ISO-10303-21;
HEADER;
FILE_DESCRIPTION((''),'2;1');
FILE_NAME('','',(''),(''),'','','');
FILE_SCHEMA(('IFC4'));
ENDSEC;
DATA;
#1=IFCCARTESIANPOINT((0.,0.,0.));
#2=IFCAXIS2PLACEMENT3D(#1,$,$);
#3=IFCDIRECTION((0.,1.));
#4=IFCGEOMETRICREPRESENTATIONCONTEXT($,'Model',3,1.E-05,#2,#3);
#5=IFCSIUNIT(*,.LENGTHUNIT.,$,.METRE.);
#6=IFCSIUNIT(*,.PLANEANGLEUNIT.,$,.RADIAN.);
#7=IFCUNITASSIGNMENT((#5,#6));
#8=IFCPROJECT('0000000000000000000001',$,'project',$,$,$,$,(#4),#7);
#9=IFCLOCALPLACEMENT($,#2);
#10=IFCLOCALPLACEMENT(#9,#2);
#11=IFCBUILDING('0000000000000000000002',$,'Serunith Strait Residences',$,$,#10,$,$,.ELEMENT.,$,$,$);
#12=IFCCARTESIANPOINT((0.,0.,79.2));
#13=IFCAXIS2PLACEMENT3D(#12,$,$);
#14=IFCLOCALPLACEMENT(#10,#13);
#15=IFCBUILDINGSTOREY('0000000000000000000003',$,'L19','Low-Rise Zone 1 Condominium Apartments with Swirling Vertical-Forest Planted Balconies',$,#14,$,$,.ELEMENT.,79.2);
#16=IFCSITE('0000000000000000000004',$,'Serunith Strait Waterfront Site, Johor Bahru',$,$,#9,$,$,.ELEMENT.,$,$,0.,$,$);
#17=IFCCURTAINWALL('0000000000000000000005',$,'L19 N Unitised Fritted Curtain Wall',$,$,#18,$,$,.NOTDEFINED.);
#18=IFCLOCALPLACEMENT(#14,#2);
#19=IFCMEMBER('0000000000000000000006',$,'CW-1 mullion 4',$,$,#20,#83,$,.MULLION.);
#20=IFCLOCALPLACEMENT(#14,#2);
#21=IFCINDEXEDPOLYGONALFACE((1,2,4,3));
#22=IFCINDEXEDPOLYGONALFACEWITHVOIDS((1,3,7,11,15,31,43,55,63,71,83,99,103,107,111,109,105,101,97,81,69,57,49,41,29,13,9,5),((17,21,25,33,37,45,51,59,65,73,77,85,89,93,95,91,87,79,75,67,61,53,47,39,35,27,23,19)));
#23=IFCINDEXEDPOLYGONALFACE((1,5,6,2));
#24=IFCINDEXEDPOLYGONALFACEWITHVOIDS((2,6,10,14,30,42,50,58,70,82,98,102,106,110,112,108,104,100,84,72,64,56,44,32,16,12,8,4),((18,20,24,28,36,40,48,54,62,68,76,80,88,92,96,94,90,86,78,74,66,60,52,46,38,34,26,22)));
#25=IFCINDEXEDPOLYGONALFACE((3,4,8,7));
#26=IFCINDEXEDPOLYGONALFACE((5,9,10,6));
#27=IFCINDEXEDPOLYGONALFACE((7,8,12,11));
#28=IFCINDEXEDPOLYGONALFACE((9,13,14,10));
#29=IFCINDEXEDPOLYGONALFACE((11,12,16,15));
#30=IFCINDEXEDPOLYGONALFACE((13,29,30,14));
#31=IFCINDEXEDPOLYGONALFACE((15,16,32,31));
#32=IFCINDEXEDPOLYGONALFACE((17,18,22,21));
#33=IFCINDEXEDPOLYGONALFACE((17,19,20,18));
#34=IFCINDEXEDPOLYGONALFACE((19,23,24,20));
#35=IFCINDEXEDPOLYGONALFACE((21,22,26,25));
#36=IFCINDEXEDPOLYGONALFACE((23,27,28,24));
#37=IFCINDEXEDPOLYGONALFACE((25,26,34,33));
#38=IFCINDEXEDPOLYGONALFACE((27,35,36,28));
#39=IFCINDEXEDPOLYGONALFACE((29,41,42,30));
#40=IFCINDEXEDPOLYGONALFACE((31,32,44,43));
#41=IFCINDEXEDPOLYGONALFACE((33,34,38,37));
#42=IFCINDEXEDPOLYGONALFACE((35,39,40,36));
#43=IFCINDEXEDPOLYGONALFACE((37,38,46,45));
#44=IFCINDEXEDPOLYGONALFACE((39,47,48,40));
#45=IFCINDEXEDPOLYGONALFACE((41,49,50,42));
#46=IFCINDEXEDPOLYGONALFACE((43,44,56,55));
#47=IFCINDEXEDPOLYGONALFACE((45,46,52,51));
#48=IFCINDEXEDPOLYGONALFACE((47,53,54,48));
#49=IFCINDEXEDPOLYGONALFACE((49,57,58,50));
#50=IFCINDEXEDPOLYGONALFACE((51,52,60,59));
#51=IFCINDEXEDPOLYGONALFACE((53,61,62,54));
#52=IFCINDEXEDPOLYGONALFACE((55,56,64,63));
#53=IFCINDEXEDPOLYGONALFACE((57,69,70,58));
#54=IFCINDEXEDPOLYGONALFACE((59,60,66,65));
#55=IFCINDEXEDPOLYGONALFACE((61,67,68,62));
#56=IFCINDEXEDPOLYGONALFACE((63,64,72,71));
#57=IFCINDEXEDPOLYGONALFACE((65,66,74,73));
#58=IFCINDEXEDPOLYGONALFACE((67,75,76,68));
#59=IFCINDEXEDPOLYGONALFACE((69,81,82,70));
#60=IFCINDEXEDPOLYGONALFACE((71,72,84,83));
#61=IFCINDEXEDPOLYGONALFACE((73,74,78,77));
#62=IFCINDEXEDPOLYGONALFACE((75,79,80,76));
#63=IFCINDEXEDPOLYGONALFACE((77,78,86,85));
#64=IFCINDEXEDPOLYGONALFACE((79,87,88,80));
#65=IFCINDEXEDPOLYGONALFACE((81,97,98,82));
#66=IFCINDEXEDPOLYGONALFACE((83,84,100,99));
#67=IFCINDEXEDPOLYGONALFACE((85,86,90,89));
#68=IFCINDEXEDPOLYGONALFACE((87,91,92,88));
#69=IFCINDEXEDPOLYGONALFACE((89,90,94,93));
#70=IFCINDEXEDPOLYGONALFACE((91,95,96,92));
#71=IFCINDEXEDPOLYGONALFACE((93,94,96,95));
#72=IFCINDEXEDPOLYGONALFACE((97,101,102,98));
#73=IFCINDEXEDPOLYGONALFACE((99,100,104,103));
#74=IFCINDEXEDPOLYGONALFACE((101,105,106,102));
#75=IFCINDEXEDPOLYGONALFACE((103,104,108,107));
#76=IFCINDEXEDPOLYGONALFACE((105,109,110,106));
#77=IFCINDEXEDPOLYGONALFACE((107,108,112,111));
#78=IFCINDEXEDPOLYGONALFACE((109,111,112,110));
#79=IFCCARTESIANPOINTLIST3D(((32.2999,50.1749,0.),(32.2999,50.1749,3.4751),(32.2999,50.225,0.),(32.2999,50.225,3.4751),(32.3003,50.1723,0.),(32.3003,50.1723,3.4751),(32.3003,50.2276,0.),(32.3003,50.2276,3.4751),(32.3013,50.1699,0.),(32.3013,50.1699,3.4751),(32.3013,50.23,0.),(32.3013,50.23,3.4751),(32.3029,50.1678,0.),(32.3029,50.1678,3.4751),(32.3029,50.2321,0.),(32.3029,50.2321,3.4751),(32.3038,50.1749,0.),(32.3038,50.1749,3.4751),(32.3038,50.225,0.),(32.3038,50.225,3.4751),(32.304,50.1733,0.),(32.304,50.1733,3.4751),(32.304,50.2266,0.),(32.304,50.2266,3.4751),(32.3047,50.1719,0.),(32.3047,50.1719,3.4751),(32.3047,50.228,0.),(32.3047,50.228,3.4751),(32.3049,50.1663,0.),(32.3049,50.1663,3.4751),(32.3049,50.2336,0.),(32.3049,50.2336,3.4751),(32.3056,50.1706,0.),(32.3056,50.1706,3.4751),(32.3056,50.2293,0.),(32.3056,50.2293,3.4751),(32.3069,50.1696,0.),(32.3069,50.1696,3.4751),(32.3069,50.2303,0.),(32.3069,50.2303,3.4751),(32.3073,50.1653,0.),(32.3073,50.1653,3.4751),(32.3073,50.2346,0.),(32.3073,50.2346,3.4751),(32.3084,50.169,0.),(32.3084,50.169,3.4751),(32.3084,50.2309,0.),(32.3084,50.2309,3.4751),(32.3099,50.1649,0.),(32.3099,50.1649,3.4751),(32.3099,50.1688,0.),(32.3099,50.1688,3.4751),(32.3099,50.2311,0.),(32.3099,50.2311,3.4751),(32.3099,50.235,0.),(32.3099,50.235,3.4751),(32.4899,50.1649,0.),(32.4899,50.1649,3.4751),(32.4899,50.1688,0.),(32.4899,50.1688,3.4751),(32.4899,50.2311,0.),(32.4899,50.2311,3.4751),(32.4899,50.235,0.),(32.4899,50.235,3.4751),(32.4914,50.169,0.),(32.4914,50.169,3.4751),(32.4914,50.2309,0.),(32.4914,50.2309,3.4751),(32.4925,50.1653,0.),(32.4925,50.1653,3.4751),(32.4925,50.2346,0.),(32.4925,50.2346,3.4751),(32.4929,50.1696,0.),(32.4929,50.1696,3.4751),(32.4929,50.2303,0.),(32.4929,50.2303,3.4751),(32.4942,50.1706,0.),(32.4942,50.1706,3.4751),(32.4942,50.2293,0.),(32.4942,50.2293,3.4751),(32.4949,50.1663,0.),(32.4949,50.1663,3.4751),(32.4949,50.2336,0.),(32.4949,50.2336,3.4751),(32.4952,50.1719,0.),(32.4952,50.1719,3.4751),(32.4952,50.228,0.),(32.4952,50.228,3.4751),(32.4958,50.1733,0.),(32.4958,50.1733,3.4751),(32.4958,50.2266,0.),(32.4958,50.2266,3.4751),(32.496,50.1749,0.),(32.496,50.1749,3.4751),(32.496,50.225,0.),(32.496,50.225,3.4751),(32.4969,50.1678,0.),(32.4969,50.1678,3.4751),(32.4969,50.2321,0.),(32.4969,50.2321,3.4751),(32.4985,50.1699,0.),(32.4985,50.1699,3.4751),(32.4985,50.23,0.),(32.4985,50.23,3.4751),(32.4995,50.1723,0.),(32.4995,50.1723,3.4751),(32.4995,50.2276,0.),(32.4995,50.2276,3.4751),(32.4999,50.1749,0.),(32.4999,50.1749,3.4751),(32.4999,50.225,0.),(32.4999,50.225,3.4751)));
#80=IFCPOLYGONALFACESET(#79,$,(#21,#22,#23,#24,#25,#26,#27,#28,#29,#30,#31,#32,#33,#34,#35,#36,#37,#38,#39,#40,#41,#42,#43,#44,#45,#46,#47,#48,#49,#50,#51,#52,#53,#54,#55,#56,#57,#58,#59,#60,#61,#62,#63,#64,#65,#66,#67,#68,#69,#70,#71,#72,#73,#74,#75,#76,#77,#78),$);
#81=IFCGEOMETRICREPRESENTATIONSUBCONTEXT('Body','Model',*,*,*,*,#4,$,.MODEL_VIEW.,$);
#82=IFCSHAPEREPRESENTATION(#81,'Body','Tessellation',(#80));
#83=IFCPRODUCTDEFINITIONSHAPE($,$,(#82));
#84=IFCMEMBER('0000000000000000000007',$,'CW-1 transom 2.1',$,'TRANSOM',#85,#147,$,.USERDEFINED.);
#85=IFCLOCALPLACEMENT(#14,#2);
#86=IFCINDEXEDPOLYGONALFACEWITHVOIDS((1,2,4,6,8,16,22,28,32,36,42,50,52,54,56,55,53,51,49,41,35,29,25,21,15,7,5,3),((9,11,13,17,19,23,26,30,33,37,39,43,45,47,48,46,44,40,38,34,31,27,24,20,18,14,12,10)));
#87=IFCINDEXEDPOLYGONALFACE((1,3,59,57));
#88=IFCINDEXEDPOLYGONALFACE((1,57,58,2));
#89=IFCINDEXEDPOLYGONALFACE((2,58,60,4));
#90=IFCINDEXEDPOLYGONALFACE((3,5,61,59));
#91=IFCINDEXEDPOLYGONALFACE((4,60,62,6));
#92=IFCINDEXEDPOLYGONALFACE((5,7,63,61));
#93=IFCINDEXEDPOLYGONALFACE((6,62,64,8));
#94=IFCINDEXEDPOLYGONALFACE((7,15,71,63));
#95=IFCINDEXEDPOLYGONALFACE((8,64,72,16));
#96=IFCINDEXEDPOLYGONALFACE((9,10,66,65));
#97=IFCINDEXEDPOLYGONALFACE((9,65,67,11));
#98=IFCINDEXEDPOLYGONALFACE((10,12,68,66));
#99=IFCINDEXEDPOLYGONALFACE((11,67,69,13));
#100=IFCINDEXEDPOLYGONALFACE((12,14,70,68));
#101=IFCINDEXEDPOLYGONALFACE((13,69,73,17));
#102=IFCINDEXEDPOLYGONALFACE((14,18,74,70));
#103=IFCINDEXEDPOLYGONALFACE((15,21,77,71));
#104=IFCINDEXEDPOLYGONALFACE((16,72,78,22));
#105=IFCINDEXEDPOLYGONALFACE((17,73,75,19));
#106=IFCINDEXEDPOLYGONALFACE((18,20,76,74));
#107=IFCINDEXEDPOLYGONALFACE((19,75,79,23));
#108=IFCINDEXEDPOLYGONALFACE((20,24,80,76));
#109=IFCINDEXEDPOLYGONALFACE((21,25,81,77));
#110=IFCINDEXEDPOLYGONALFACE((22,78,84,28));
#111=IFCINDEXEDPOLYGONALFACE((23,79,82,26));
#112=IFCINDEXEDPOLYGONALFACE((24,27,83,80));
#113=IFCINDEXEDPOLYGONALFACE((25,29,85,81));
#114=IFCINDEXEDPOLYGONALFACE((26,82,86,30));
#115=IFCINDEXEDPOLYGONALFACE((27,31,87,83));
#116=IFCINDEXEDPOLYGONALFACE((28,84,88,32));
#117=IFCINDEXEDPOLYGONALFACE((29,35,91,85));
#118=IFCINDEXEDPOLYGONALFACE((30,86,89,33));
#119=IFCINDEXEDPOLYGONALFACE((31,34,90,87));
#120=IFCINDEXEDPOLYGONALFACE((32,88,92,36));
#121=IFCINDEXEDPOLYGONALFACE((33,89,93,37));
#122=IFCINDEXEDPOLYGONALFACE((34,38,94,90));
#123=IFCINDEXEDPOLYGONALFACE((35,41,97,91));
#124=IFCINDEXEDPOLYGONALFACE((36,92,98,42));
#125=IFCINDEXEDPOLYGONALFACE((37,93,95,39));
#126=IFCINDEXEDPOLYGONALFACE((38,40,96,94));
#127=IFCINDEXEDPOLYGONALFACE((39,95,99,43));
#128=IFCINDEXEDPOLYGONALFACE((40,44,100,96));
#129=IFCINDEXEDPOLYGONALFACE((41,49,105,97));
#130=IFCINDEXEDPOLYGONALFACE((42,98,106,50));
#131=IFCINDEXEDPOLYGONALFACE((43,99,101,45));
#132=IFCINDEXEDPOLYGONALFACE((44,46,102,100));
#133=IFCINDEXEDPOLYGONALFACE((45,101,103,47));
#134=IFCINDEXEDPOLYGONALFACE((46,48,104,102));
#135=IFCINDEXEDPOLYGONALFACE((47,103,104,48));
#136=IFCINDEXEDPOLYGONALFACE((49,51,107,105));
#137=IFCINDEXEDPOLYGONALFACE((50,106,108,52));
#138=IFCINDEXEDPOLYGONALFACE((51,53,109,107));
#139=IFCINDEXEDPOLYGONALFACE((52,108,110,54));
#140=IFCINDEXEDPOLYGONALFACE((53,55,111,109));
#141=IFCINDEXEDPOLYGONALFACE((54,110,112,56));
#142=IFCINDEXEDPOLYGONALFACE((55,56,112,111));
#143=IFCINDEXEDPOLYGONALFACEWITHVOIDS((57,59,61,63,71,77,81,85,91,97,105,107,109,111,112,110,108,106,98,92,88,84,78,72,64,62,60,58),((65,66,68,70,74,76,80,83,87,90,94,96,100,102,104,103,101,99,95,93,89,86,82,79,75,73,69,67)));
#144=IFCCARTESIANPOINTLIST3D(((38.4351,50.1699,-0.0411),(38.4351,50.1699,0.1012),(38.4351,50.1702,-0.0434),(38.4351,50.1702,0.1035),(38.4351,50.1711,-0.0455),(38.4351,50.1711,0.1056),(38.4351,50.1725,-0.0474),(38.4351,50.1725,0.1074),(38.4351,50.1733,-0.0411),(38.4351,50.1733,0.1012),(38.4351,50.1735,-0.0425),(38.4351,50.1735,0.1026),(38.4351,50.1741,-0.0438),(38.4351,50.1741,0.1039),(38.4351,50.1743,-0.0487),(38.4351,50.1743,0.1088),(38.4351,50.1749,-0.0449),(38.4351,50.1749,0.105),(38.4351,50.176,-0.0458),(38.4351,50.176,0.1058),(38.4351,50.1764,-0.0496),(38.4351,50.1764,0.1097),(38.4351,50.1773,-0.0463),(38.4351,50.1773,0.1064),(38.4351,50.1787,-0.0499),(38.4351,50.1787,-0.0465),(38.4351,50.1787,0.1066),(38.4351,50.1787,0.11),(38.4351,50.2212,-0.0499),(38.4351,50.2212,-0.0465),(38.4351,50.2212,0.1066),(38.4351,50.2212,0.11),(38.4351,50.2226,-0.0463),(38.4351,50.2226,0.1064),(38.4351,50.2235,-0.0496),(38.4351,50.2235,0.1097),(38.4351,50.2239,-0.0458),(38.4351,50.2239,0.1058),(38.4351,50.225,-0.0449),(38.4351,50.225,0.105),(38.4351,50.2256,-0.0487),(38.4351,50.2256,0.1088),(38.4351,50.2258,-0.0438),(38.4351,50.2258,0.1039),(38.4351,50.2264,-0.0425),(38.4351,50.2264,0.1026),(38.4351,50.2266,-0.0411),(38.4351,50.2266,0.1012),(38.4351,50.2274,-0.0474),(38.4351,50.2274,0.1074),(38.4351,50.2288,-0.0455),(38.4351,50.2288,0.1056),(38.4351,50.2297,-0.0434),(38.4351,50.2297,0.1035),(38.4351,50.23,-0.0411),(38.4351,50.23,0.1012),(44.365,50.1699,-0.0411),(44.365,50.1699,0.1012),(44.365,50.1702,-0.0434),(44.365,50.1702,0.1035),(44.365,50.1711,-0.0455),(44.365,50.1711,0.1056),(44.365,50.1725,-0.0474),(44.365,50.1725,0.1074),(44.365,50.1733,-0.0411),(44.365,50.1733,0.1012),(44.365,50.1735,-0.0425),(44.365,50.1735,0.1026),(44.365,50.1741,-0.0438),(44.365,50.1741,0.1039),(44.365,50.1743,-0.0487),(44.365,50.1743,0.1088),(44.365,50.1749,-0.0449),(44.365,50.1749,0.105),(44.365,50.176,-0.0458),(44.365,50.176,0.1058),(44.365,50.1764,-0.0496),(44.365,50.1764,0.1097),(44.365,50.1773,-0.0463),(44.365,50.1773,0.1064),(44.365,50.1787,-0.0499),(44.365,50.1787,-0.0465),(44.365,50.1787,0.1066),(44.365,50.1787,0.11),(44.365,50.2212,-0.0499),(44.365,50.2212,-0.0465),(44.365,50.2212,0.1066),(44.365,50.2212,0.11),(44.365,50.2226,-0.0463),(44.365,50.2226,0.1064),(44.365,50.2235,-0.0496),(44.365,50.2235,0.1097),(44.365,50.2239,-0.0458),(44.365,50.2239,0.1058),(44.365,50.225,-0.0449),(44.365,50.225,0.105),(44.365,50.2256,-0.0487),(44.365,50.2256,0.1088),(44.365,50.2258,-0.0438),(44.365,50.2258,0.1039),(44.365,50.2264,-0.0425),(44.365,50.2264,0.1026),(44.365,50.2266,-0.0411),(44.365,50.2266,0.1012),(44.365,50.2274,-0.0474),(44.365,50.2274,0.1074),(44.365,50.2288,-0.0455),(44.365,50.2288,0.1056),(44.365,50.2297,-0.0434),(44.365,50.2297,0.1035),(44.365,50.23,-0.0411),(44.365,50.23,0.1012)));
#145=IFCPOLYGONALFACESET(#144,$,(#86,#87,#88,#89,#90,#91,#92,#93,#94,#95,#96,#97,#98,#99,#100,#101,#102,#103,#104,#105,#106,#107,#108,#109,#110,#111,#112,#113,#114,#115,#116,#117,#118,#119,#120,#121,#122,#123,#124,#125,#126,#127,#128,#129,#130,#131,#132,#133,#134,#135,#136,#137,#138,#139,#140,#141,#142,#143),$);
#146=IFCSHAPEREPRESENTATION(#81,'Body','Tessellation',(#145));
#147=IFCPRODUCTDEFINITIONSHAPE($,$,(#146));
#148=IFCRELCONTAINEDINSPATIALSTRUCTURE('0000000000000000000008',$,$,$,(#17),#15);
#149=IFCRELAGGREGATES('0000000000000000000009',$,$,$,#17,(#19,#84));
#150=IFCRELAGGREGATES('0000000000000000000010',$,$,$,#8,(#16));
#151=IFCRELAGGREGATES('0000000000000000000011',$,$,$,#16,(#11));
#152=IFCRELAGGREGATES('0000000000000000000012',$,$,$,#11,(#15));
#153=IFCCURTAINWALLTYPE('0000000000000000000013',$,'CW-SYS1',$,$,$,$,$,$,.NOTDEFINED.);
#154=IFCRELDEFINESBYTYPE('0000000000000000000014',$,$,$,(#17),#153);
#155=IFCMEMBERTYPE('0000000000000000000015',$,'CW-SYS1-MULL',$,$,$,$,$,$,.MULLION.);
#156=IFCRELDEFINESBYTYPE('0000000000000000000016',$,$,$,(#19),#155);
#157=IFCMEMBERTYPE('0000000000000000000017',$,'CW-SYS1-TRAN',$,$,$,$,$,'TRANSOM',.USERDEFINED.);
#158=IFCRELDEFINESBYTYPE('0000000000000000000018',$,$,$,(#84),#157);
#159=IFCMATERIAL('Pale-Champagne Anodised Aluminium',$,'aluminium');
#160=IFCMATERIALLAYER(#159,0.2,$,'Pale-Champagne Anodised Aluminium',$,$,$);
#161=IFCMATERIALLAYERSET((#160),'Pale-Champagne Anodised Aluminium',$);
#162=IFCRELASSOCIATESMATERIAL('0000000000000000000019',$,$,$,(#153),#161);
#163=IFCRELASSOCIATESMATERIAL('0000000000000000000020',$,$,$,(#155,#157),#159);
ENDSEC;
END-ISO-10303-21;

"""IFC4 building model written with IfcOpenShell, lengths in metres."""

from ifc_helpers import new_model, si_unit, direction, frame, origin, origin_2d, place, context, subcontext, project, spatial, hollow_rectangle, extrude, source, transform, mapped, material, layer, layer_set, material_profile, profile_set, type_object, element, aggregate, save


model = new_model("IFC4")

# Units and contexts
model_context = context("Model", 3, precision=1e-05, world=origin(), true_north=direction((0.0, 1.0)))
body_context = subcontext(model_context, "Body", "Model", "MODEL_VIEW")
ifc_project = project(units=[si_unit("LENGTHUNIT", "METRE"), si_unit("PLANEANGLEUNIT", "RADIAN")], contexts=[model_context])

# Site, building, storey
site_placement = place(None, origin())
site = spatial("IfcSite", under=ifc_project, at=site_placement, Name="Serunith Strait Waterfront Site, Johor Bahru", CompositionType="ELEMENT", RefElevation=0.0)
building_placement = place(site_placement, origin())
building = spatial("IfcBuilding", under=site, at=building_placement, Name="Serunith Strait Residences", CompositionType="ELEMENT")
storey_placement = place(building_placement, frame((0.0, 0.0, 79.2)))
storey = spatial("IfcBuildingStorey", under=building, at=storey_placement, Name="L19", Description="Low-Rise Zone 1 Condominium Apartments with Swirling Vertical-Forest Planted Balconies", CompositionType="ELEMENT", Elevation=79.2)

# Curtain wall, members
ifc_material_1 = material(Name="Pale-Champagne Anodised Aluminium", Category="aluminium")
ifc_layer_1 = layer(ifc_material_1, 0.2, Name="Pale-Champagne Anodised Aluminium")
ifc_layer_set_1 = layer_set([ifc_layer_1], Name="Pale-Champagne Anodised Aluminium")
curtain_wall_type = type_object("IfcCurtainWallType", Name="CW-SYS1", PredefinedType="NOTDEFINED", material=ifc_layer_set_1)
curtain_wall_placement = place(storey_placement, origin())
curtain_wall = element("IfcCurtainWall", 1, at=curtain_wall_placement, inside=storey, type_object=curtain_wall_type, Name="L19 N Unitised Fritted Curtain Wall", PredefinedType="NOTDEFINED")
ifc_material_profile_1 = material_profile(ifc_material_1, hollow_rectangle(XDim=0.0701, YDim=0.2, WallThickness=0.0039, InnerFilletRadius=0.0061, OuterFilletRadius=0.01, at=origin_2d()), Name="ALU 200x70x4")
ifc_profile_set_1 = profile_set([ifc_material_profile_1], Name="Pale-Champagne Anodised Aluminium")
member_type_1 = type_object("IfcMemberType", Name="CW-SYS1-MULL", PredefinedType="MULLION", material=ifc_profile_set_1)
shared_shape_1 = source(origin(), body_context, "Body", "SweptSolid", [
    extrude(hollow_rectangle(XDim=0.0701, YDim=0.2, WallThickness=0.0039, InnerFilletRadius=0.0061, OuterFilletRadius=0.01, at=origin_2d()), origin(), (0.0, 0.0, 1.0), 3.4751),
])
member_1_placement = place(storey_placement, frame((32.3999, 50.2, 0.0), z_axis=(0.0, 0.0, 1.0), x_axis=(0.0, -1.0, 0.0)))
member_1 = element("IfcMember", 2, at=member_1_placement, type_object=member_type_1, Name="CW-1 mullion 4", PredefinedType="MULLION", context=body_context, shape_type="MappedRepresentation", body=[
    mapped(shared_shape_1, transform((0.0, 0.0, 0.0), scale=1.0)),
])
ifc_material_profile_2 = material_profile(ifc_material_1, hollow_rectangle(XDim=0.0601, YDim=0.1599, WallThickness=0.0034, InnerFilletRadius=0.0054, OuterFilletRadius=0.0088, at=origin_2d()), Name="ALU 160x60x3.5")
ifc_profile_set_2 = profile_set([ifc_material_profile_2], Name="Pale-Champagne Anodised Aluminium")
member_type_2 = type_object("IfcMemberType", Name="CW-SYS1-TRAN", ElementType="TRANSOM", PredefinedType="USERDEFINED", material=ifc_profile_set_2)
shared_shape_2 = source(origin(), body_context, "Body", "SweptSolid", [
    extrude(hollow_rectangle(XDim=0.0601, YDim=0.1599, WallThickness=0.0034, InnerFilletRadius=0.0054, OuterFilletRadius=0.0088, at=origin_2d()), origin(), (0.0, 0.0, 1.0), 5.9299),
])
member_2_placement = place(storey_placement, frame((44.365, 50.2, 0.03), z_axis=(-1.0, 0.0, 0.0), x_axis=(0.0, -1.0, 0.0)))
member_2 = element("IfcMember", 3, at=member_2_placement, type_object=member_type_2, Name="CW-1 transom 2.1", ObjectType="TRANSOM", PredefinedType="USERDEFINED", context=body_context, shape_type="MappedRepresentation", body=[
    mapped(shared_shape_2, transform((0.0, 0.0, 0.0), scale=1.0)),
])
aggregate(curtain_wall, [member_1, member_2])

save(model, "model.ifc")
